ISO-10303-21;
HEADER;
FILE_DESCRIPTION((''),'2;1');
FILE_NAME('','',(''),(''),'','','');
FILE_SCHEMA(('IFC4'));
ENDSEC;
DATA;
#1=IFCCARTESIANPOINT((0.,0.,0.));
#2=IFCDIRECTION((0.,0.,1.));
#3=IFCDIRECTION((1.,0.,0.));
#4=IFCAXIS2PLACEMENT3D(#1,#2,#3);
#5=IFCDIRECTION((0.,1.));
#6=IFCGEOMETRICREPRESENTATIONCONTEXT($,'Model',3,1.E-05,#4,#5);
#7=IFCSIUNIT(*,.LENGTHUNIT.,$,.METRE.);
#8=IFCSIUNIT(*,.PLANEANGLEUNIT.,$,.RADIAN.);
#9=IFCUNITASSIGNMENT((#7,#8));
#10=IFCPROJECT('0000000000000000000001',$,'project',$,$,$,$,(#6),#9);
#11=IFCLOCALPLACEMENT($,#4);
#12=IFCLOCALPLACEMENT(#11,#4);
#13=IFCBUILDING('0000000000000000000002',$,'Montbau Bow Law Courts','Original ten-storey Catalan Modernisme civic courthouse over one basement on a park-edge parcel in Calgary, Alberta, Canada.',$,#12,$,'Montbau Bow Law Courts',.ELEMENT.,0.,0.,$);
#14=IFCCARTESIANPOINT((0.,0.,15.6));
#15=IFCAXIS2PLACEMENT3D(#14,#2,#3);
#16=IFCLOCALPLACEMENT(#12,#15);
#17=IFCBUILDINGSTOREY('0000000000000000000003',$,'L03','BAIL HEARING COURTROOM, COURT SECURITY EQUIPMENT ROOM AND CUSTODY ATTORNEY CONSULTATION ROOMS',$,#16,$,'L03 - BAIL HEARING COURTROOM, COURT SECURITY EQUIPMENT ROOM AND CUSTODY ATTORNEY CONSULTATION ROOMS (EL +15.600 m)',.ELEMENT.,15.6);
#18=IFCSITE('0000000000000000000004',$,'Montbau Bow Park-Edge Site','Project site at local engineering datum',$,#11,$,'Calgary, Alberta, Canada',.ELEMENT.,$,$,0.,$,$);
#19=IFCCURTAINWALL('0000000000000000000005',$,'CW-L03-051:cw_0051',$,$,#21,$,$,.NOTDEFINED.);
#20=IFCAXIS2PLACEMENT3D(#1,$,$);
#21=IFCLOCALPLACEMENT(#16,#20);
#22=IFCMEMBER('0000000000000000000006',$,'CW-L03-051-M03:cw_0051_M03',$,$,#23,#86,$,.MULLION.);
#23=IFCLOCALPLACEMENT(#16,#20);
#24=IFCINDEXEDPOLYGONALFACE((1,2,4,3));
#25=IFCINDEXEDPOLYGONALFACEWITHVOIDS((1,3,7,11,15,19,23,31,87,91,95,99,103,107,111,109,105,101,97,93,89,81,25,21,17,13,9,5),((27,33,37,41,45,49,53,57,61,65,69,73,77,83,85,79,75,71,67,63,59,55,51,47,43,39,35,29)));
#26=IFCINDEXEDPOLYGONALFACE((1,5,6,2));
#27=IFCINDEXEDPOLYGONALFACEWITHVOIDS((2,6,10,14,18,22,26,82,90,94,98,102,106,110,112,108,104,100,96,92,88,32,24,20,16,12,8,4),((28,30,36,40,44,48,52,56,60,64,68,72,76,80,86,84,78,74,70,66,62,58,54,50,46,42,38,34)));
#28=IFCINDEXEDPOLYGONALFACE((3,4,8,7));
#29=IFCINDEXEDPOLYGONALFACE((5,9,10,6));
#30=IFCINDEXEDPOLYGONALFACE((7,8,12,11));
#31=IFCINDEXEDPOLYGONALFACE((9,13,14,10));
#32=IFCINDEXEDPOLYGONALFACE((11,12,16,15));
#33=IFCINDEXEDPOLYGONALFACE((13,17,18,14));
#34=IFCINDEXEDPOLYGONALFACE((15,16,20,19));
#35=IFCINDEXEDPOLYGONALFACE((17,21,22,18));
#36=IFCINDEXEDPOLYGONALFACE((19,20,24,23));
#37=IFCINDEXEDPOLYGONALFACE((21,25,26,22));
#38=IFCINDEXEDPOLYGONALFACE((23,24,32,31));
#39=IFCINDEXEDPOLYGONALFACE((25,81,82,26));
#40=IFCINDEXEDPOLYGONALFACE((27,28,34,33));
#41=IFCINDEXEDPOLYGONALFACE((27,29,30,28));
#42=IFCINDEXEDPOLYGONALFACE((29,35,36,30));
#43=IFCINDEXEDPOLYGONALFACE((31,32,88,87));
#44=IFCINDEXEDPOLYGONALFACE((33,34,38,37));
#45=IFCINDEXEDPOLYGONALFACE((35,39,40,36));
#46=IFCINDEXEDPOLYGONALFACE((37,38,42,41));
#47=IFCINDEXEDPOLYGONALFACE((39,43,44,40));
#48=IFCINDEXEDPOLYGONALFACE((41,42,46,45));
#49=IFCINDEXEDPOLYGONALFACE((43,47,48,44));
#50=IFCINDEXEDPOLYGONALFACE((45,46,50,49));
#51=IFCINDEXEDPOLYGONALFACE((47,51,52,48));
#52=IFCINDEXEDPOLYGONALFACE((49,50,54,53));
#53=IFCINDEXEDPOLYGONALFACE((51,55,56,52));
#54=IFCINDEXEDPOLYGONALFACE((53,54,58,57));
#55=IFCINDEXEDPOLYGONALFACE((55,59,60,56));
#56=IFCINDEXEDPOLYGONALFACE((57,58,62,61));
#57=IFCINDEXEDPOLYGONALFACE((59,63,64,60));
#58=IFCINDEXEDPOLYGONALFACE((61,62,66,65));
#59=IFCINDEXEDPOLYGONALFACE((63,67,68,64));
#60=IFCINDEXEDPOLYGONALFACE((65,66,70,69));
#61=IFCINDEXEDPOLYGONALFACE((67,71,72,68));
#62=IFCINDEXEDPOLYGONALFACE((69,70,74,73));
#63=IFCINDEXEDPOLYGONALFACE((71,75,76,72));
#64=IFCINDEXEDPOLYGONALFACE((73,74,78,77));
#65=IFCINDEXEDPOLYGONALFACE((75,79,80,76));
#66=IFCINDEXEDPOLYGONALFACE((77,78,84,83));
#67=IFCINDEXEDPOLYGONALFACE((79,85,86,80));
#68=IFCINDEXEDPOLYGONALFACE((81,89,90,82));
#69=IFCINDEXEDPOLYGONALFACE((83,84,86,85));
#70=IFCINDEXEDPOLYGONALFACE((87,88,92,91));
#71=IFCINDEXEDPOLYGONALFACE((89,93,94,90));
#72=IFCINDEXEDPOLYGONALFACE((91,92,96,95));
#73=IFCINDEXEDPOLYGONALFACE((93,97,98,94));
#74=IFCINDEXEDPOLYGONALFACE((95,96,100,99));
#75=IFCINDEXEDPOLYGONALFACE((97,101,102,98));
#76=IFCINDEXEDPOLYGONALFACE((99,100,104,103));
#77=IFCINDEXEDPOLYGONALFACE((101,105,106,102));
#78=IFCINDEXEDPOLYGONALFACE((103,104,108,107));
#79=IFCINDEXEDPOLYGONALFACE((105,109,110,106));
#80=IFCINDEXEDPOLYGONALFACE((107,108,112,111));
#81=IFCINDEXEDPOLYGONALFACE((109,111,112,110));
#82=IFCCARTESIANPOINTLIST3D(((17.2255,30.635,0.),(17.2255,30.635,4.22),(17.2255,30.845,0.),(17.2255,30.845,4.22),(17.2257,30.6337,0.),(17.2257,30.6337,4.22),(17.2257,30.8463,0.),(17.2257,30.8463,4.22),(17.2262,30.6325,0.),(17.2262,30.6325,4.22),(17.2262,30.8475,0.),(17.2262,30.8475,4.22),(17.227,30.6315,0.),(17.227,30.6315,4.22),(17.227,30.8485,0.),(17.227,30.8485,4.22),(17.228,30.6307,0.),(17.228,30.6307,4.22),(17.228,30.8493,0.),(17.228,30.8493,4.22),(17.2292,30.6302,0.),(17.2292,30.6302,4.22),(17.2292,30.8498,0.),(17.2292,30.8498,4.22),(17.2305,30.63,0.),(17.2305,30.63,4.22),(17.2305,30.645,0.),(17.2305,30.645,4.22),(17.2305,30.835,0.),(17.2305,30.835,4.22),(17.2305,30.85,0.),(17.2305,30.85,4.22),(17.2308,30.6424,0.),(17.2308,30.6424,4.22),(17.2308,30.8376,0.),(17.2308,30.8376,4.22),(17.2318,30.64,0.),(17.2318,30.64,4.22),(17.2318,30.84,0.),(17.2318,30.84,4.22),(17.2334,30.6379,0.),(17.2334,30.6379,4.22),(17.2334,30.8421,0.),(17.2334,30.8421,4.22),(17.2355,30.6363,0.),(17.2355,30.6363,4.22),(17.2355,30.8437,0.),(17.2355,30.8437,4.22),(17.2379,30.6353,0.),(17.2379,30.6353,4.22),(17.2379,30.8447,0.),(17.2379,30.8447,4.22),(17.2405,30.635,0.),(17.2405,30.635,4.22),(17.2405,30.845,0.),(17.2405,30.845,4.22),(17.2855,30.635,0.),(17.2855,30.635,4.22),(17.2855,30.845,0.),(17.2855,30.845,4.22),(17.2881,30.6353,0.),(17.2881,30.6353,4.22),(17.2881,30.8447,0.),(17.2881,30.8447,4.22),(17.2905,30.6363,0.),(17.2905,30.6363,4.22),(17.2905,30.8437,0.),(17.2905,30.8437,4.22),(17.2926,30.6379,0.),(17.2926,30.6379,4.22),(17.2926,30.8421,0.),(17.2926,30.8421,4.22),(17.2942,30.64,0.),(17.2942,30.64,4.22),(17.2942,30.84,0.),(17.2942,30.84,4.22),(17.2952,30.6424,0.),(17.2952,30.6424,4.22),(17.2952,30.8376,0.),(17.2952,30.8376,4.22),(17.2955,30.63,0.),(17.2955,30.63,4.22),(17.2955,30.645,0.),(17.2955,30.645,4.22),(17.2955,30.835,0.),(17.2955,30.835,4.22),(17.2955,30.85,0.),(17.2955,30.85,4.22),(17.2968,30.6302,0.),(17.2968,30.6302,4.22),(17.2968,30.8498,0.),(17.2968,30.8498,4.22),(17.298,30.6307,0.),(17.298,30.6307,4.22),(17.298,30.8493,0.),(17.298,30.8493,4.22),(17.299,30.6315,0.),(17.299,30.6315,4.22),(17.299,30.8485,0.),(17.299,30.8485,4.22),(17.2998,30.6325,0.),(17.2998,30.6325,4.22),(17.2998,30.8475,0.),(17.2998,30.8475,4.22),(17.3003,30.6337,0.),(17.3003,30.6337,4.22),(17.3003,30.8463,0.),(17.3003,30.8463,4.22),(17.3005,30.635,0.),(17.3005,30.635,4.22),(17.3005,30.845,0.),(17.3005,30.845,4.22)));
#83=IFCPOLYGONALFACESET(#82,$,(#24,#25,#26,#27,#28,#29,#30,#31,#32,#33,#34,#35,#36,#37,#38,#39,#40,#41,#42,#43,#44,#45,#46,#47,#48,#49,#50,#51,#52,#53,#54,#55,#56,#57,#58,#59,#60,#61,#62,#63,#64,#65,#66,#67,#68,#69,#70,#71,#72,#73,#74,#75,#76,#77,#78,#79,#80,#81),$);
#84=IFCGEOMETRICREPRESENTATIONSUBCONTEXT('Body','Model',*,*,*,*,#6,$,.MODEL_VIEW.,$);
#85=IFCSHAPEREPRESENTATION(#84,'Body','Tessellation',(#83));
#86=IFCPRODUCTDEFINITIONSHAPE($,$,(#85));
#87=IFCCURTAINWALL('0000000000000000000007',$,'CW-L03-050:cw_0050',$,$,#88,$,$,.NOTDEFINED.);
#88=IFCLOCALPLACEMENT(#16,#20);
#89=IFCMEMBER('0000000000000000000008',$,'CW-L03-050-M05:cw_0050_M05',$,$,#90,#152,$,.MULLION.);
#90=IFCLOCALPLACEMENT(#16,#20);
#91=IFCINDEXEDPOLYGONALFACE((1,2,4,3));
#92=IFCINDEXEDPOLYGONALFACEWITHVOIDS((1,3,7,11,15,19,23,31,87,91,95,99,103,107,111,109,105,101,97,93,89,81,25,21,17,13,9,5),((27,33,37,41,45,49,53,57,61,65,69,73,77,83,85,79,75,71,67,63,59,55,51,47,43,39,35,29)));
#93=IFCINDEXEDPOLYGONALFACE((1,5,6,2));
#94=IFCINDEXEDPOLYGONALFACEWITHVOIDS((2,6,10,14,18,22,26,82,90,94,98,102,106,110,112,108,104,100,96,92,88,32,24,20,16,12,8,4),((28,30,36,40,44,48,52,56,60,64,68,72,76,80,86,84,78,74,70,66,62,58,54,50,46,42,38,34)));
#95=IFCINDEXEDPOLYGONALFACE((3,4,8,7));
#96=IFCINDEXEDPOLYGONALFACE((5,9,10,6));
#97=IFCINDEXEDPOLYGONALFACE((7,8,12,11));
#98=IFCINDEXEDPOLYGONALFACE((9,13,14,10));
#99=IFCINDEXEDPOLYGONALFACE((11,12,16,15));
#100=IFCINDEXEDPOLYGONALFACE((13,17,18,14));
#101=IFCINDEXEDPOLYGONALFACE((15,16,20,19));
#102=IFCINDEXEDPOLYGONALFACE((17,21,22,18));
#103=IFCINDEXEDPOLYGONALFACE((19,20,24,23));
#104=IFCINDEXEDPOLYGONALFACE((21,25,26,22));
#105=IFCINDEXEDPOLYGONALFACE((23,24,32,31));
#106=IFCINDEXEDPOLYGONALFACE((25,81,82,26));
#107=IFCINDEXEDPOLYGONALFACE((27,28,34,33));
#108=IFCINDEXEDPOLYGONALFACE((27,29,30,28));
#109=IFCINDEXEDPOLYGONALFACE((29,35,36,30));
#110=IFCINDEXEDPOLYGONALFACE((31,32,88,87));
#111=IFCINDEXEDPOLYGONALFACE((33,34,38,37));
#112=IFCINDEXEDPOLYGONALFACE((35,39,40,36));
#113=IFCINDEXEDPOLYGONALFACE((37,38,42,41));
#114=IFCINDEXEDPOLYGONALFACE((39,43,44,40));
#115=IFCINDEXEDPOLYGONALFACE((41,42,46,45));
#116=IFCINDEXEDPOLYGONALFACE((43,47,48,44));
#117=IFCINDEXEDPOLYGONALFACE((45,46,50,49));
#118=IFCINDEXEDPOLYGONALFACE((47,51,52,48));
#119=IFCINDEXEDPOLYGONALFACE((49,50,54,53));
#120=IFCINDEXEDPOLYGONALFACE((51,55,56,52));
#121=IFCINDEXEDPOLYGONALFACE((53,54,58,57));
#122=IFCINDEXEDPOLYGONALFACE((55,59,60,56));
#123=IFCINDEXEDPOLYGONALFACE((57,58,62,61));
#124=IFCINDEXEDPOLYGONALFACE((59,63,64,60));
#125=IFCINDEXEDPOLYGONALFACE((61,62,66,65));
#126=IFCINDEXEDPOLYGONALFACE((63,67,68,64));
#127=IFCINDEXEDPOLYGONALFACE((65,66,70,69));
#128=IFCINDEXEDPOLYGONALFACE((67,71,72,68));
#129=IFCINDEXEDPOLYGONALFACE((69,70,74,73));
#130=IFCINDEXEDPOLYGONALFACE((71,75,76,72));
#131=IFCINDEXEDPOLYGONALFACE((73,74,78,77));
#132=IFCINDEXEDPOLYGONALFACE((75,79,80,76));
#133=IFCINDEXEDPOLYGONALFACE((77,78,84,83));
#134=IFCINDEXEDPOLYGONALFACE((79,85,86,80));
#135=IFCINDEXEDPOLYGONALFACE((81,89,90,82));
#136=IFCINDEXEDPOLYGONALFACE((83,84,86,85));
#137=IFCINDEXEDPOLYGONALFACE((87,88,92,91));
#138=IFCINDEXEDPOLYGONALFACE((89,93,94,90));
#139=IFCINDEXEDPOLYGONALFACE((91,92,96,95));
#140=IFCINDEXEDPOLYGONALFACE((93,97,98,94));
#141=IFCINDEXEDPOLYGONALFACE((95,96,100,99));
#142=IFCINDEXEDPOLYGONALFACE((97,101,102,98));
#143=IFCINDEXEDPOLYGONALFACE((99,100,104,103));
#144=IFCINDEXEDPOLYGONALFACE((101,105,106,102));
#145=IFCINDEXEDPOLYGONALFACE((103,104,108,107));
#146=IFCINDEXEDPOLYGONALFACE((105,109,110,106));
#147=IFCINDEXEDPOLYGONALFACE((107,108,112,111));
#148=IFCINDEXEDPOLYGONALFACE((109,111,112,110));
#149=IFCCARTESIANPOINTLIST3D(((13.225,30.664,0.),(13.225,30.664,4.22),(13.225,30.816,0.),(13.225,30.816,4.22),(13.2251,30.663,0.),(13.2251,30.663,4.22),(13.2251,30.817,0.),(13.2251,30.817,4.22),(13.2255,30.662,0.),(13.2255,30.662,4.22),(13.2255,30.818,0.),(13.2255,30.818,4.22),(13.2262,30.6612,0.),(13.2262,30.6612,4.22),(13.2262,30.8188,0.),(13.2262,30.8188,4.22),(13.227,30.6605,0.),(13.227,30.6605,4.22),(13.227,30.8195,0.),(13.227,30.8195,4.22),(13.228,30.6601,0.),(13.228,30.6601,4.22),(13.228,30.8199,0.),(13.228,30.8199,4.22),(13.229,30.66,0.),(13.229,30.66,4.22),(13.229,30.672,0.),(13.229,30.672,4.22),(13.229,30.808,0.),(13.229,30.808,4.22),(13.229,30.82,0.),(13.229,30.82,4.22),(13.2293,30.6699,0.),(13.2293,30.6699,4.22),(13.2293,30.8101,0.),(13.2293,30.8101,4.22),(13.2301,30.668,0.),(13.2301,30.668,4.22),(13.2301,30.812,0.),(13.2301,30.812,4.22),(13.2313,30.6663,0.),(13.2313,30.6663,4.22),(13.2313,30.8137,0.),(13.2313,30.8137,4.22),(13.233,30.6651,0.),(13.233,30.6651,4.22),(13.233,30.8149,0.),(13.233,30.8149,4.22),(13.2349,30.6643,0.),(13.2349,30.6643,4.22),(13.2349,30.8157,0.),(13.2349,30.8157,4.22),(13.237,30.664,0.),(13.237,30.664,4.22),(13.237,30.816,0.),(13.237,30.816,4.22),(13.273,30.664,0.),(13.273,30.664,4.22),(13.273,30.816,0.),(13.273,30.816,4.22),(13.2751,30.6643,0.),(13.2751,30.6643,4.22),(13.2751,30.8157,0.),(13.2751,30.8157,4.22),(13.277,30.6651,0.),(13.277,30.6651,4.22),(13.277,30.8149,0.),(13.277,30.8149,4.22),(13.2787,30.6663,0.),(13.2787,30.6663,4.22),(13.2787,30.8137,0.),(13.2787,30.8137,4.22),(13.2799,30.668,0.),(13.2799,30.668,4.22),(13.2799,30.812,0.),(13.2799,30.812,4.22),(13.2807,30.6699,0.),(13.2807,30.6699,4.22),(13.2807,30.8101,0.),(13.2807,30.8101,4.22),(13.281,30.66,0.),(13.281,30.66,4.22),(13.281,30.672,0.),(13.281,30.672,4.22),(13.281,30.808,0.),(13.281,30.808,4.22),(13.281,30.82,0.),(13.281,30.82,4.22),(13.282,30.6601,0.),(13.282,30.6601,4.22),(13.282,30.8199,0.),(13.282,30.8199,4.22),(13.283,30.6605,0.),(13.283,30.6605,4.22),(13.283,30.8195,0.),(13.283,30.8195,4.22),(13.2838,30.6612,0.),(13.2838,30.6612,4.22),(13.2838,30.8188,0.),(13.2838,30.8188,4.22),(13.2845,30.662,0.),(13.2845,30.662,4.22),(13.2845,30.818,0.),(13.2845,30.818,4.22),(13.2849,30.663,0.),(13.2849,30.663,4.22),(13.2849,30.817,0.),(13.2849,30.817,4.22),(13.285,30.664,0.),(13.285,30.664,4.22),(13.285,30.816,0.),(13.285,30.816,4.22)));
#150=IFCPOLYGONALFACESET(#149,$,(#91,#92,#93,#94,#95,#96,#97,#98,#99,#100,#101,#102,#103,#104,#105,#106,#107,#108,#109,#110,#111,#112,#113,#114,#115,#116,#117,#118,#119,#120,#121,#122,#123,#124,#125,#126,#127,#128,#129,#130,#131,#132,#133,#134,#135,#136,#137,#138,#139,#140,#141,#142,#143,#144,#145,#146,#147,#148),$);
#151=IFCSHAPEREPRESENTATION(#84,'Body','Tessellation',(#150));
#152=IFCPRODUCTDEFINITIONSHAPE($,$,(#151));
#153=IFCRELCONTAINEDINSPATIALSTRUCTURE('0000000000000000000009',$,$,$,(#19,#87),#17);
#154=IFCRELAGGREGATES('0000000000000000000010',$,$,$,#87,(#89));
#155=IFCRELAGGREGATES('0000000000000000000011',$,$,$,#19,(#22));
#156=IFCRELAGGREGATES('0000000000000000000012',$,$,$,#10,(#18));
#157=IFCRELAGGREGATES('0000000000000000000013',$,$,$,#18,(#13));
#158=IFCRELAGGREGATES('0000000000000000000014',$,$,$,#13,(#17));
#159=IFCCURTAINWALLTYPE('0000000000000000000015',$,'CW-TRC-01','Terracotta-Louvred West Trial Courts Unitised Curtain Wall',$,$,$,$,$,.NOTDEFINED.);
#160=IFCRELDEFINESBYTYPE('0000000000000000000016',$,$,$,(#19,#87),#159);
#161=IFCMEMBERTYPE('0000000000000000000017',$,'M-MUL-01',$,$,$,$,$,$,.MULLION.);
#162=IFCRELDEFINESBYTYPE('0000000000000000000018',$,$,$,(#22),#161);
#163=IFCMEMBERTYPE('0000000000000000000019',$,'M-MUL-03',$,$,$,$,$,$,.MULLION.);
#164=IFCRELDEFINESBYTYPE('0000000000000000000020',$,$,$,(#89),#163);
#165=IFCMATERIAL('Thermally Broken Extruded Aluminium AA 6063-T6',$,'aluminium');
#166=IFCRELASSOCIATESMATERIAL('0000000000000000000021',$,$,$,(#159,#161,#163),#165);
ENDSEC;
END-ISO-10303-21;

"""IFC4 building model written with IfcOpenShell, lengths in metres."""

from ifc_helpers import new_model, si_unit, direction, frame, origin_with_axes, origin_2d_with_axis, place, context, subcontext, project, spatial, hollow_rectangle, extrude, material, material_profile, profile_set, type_object, element, aggregate, save


model = new_model("IFC4")

# Units and contexts
model_context = context("Model", 3, precision=1e-05, world=origin_with_axes(), true_north=direction((0.0, 1.0)))
body_context = subcontext(model_context, "Body", "Model", "MODEL_VIEW")
ifc_project = project(units=[si_unit("LENGTHUNIT", "METRE"), si_unit("PLANEANGLEUNIT", "RADIAN")], contexts=[model_context])

# Site, building, storey
site_placement = place(None, origin_with_axes())
site = spatial("IfcSite", under=ifc_project, at=site_placement, Name="Montbau Bow Park-Edge Site", Description="Project site at local engineering datum", LongName="Calgary, Alberta, Canada", CompositionType="ELEMENT", RefElevation=0.0)
building_placement = place(site_placement, origin_with_axes())
building = spatial("IfcBuilding", under=site, at=building_placement, Name="Montbau Bow Law Courts", Description="Original ten-storey Catalan Modernisme civic courthouse over one basement on a park-edge parcel in Calgary, Alberta, Canada.", LongName="Montbau Bow Law Courts", CompositionType="ELEMENT", ElevationOfRefHeight=0.0, ElevationOfTerrain=0.0)
storey_placement = place(building_placement, frame((0.0, 0.0, 15.6), z_axis=(0.0, 0.0, 1.0), x_axis=(1.0, 0.0, 0.0)))
storey = spatial("IfcBuildingStorey", under=building, at=storey_placement, Name="L03", Description="BAIL HEARING COURTROOM, COURT SECURITY EQUIPMENT ROOM AND CUSTODY ATTORNEY CONSULTATION ROOMS", LongName="L03 - BAIL HEARING COURTROOM, COURT SECURITY EQUIPMENT ROOM AND CUSTODY ATTORNEY CONSULTATION ROOMS (EL +15.600 m)", CompositionType="ELEMENT", Elevation=15.6)

# Curtain walls, members
ifc_material_1 = material(Name="Thermally Broken Extruded Aluminium AA 6063-T6", Category="aluminium")
curtain_wall_type = type_object("IfcCurtainWallType", Name="CW-TRC-01", Description="Terracotta-Louvred West Trial Courts Unitised Curtain Wall", PredefinedType="NOTDEFINED", material=ifc_material_1)
curtain_wall_1_placement = place(None, frame((14.315, 30.74, 15.6), z_axis=(0.0, 0.0, 1.0), x_axis=(1.0, 0.0, 0.0)))
curtain_wall_1 = element("IfcCurtainWall", 1, at=curtain_wall_1_placement, inside=storey, type_object=curtain_wall_type, Name="CW-L03-051:cw_0051", PredefinedType="NOTDEFINED")
ifc_material_profile_1 = material_profile(ifc_material_1, hollow_rectangle(XDim=0.075, YDim=0.22, WallThickness=0.005, InnerFilletRadius=0.01, OuterFilletRadius=0.005, at=origin_2d_with_axis()), Name="CWM-220X75", Category="Main", Priority=0)
ifc_profile_set_1 = profile_set([ifc_material_profile_1], Name="Thermally Broken Extruded Aluminium AA 6063-T6")
member_type_1 = type_object("IfcMemberType", Name="M-MUL-01", PredefinedType="MULLION", material=ifc_profile_set_1)
member_1_placement = place(None, frame((17.263, 30.74, 15.6), z_axis=(0.0, 0.0, 1.0), x_axis=(1.0, 0.0, 0.0)))
member_1 = element("IfcMember", 2, at=member_1_placement, type_object=member_type_1, Name="CW-L03-051-M03:cw_0051_M03", PredefinedType="MULLION", context=body_context, shape_type="SweptSolid", body=[
    extrude(hollow_rectangle(XDim=0.075, YDim=0.22, WallThickness=0.005, InnerFilletRadius=0.01, OuterFilletRadius=0.005, at=origin_2d_with_axis()), origin_with_axes(), (0.0, 0.0, 1.0), 4.22),
])
curtain_wall_2_placement = place(None, frame((7.315, 30.74, 15.6), z_axis=(0.0, 0.0, 1.0), x_axis=(1.0, 0.0, 0.0)))
curtain_wall_2 = element("IfcCurtainWall", 3, at=curtain_wall_2_placement, inside=storey, type_object=curtain_wall_type, Name="CW-L03-050:cw_0050", PredefinedType="NOTDEFINED")
ifc_material_profile_2 = material_profile(ifc_material_1, hollow_rectangle(XDim=0.06, YDim=0.16, WallThickness=0.004, InnerFilletRadius=0.008, OuterFilletRadius=0.004, at=origin_2d_with_axis()), Name="CWM-160X60", Category="Main", Priority=0)
ifc_profile_set_2 = profile_set([ifc_material_profile_2], Name="Thermally Broken Extruded Aluminium AA 6063-T6")
member_type_2 = type_object("IfcMemberType", Name="M-MUL-03", PredefinedType="MULLION", material=ifc_profile_set_2)
member_2_placement = place(None, frame((13.255, 30.74, 15.6), z_axis=(0.0, 0.0, 1.0), x_axis=(1.0, 0.0, 0.0)))
member_2 = element("IfcMember", 4, at=member_2_placement, type_object=member_type_2, Name="CW-L03-050-M05:cw_0050_M05", PredefinedType="MULLION", context=body_context, shape_type="SweptSolid", body=[
    extrude(hollow_rectangle(XDim=0.06, YDim=0.16, WallThickness=0.004, InnerFilletRadius=0.008, OuterFilletRadius=0.004, at=origin_2d_with_axis()), origin_with_axes(), (0.0, 0.0, 1.0), 4.22),
])
aggregate(curtain_wall_2, [member_2])

aggregate(curtain_wall_1, [member_1])

save(model, "model.ifc")
